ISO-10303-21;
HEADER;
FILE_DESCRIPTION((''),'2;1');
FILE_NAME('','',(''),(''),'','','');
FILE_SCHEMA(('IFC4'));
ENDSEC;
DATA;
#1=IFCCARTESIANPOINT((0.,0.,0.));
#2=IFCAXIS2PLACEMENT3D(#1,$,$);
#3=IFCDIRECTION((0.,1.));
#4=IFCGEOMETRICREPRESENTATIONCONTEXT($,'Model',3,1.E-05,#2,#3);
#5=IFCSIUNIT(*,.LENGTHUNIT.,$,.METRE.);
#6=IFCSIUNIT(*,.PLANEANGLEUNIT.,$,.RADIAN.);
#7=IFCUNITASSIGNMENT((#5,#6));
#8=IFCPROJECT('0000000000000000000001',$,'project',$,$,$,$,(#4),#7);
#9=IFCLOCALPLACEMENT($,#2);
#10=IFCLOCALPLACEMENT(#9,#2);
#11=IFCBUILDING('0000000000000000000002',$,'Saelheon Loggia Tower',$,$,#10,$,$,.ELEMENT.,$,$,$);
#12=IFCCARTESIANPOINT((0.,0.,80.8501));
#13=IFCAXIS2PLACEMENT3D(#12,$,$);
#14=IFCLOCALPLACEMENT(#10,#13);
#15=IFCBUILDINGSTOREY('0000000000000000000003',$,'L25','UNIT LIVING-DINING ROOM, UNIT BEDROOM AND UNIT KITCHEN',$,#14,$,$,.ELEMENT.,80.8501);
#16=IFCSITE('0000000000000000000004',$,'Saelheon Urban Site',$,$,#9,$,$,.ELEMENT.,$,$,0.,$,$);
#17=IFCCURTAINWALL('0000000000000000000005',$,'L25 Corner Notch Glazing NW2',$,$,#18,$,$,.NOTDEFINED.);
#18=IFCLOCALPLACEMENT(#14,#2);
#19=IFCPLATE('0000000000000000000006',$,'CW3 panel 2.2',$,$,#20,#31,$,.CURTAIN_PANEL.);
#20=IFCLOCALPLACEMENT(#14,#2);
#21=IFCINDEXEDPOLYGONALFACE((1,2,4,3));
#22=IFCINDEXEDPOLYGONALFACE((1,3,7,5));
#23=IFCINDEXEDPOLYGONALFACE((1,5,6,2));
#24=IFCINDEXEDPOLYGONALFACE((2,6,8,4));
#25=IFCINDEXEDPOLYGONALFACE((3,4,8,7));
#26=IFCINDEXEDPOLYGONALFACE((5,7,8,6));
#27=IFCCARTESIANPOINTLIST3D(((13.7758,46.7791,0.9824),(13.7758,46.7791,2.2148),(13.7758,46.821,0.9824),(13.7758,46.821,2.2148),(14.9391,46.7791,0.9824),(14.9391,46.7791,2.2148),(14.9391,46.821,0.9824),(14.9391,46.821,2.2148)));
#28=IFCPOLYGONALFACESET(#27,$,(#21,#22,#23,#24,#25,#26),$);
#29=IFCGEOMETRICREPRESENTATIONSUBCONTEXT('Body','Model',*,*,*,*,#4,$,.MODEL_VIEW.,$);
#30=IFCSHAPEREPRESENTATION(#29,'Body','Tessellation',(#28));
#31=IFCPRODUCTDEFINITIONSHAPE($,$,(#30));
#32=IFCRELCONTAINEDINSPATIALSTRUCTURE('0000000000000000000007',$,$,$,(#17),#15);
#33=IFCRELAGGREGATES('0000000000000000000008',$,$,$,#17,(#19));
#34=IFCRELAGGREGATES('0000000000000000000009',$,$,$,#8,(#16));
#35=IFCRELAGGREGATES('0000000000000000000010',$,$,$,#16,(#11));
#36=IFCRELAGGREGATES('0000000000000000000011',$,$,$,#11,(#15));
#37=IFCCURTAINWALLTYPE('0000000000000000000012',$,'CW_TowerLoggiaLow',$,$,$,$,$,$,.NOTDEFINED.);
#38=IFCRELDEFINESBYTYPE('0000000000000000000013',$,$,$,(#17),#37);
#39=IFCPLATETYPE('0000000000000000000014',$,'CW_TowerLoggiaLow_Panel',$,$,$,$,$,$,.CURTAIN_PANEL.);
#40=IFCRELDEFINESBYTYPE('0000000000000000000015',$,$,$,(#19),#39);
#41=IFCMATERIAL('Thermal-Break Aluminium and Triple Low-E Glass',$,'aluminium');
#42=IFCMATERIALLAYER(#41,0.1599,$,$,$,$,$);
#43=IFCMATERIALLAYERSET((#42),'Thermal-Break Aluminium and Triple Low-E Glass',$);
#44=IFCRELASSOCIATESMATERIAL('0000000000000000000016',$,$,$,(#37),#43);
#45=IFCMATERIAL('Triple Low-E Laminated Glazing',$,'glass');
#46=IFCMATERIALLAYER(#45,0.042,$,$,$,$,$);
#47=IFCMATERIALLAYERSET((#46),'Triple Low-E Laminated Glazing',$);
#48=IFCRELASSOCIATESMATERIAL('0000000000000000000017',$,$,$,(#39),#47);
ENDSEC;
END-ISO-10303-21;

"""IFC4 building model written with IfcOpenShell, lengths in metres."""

from ifc_helpers import new_model, si_unit, direction, frame, origin, origin_2d, place, context, subcontext, project, spatial, rectangle, extrude, source, transform, mapped, material, layer, layer_set, type_object, element, aggregate, save


model = new_model("IFC4")

# Units and contexts
model_context = context("Model", 3, precision=1e-05, world=origin(), true_north=direction((0.0, 1.0)))
body_context = subcontext(model_context, "Body", "Model", "MODEL_VIEW")
ifc_project = project(units=[si_unit("LENGTHUNIT", "METRE"), si_unit("PLANEANGLEUNIT", "RADIAN")], contexts=[model_context])

# Site, building, storey
site_placement = place(None, origin())
site = spatial("IfcSite", under=ifc_project, at=site_placement, Name="Saelheon Urban Site", CompositionType="ELEMENT", RefElevation=0.0)
building_placement = place(site_placement, origin())
building = spatial("IfcBuilding", under=site, at=building_placement, Name="Saelheon Loggia Tower", CompositionType="ELEMENT")
storey_placement = place(building_placement, frame((0.0, 0.0, 80.8501)))
storey = spatial("IfcBuildingStorey", under=building, at=storey_placement, Name="L25", Description="UNIT LIVING-DINING ROOM, UNIT BEDROOM AND UNIT KITCHEN", CompositionType="ELEMENT", Elevation=80.8501)

# Shared definitions
ifc_material_1 = material(Name="Thermal-Break Aluminium and Triple Low-E Glass", Category="aluminium")
ifc_layer_1 = layer(ifc_material_1, 0.1599)
ifc_layer_set_1 = layer_set([ifc_layer_1], Name="Thermal-Break Aluminium and Triple Low-E Glass")
curtain_wall_type = type_object("IfcCurtainWallType", Name="CW_TowerLoggiaLow", PredefinedType="NOTDEFINED", material=ifc_layer_set_1)

# Curtain wall
curtain_wall_1_placement = place(storey_placement, origin())
curtain_wall_1 = element("IfcCurtainWall", 1, at=curtain_wall_1_placement, inside=storey, type_object=curtain_wall_type, Name="L25 Corner Notch Glazing NW2", PredefinedType="NOTDEFINED")

# Plate
ifc_material_2 = material(Name="Triple Low-E Laminated Glazing", Category="glass")
ifc_layer_2 = layer(ifc_material_2, 0.042)
ifc_layer_set_2 = layer_set([ifc_layer_2], Name="Triple Low-E Laminated Glazing")
plate_type = type_object("IfcPlateType", Name="CW_TowerLoggiaLow_Panel", PredefinedType="CURTAIN_PANEL", material=ifc_layer_set_2)
shared_shape_1 = source(origin(), body_context, "Body", "SweptSolid", [
    extrude(rectangle(XDim=1.1633, YDim=0.042, at=origin_2d()), origin(), (0.0, 0.0, 1.0), 1.2324),
])
plate_1_placement = place(storey_placement, frame((14.3574, 46.8, 0.9824), z_axis=(0.0, 0.0, 1.0), x_axis=(1.0, 0.0, 0.0)))
plate_1 = element("IfcPlate", 2, at=plate_1_placement, type_object=plate_type, Name="CW3 panel 2.2", PredefinedType="CURTAIN_PANEL", context=body_context, shape_type="MappedRepresentation", body=[
    mapped(shared_shape_1, transform((0.0, 0.0, 0.0), scale=1.0)),
])
aggregate(curtain_wall_1, [plate_1])

save(model, "model.ifc")
